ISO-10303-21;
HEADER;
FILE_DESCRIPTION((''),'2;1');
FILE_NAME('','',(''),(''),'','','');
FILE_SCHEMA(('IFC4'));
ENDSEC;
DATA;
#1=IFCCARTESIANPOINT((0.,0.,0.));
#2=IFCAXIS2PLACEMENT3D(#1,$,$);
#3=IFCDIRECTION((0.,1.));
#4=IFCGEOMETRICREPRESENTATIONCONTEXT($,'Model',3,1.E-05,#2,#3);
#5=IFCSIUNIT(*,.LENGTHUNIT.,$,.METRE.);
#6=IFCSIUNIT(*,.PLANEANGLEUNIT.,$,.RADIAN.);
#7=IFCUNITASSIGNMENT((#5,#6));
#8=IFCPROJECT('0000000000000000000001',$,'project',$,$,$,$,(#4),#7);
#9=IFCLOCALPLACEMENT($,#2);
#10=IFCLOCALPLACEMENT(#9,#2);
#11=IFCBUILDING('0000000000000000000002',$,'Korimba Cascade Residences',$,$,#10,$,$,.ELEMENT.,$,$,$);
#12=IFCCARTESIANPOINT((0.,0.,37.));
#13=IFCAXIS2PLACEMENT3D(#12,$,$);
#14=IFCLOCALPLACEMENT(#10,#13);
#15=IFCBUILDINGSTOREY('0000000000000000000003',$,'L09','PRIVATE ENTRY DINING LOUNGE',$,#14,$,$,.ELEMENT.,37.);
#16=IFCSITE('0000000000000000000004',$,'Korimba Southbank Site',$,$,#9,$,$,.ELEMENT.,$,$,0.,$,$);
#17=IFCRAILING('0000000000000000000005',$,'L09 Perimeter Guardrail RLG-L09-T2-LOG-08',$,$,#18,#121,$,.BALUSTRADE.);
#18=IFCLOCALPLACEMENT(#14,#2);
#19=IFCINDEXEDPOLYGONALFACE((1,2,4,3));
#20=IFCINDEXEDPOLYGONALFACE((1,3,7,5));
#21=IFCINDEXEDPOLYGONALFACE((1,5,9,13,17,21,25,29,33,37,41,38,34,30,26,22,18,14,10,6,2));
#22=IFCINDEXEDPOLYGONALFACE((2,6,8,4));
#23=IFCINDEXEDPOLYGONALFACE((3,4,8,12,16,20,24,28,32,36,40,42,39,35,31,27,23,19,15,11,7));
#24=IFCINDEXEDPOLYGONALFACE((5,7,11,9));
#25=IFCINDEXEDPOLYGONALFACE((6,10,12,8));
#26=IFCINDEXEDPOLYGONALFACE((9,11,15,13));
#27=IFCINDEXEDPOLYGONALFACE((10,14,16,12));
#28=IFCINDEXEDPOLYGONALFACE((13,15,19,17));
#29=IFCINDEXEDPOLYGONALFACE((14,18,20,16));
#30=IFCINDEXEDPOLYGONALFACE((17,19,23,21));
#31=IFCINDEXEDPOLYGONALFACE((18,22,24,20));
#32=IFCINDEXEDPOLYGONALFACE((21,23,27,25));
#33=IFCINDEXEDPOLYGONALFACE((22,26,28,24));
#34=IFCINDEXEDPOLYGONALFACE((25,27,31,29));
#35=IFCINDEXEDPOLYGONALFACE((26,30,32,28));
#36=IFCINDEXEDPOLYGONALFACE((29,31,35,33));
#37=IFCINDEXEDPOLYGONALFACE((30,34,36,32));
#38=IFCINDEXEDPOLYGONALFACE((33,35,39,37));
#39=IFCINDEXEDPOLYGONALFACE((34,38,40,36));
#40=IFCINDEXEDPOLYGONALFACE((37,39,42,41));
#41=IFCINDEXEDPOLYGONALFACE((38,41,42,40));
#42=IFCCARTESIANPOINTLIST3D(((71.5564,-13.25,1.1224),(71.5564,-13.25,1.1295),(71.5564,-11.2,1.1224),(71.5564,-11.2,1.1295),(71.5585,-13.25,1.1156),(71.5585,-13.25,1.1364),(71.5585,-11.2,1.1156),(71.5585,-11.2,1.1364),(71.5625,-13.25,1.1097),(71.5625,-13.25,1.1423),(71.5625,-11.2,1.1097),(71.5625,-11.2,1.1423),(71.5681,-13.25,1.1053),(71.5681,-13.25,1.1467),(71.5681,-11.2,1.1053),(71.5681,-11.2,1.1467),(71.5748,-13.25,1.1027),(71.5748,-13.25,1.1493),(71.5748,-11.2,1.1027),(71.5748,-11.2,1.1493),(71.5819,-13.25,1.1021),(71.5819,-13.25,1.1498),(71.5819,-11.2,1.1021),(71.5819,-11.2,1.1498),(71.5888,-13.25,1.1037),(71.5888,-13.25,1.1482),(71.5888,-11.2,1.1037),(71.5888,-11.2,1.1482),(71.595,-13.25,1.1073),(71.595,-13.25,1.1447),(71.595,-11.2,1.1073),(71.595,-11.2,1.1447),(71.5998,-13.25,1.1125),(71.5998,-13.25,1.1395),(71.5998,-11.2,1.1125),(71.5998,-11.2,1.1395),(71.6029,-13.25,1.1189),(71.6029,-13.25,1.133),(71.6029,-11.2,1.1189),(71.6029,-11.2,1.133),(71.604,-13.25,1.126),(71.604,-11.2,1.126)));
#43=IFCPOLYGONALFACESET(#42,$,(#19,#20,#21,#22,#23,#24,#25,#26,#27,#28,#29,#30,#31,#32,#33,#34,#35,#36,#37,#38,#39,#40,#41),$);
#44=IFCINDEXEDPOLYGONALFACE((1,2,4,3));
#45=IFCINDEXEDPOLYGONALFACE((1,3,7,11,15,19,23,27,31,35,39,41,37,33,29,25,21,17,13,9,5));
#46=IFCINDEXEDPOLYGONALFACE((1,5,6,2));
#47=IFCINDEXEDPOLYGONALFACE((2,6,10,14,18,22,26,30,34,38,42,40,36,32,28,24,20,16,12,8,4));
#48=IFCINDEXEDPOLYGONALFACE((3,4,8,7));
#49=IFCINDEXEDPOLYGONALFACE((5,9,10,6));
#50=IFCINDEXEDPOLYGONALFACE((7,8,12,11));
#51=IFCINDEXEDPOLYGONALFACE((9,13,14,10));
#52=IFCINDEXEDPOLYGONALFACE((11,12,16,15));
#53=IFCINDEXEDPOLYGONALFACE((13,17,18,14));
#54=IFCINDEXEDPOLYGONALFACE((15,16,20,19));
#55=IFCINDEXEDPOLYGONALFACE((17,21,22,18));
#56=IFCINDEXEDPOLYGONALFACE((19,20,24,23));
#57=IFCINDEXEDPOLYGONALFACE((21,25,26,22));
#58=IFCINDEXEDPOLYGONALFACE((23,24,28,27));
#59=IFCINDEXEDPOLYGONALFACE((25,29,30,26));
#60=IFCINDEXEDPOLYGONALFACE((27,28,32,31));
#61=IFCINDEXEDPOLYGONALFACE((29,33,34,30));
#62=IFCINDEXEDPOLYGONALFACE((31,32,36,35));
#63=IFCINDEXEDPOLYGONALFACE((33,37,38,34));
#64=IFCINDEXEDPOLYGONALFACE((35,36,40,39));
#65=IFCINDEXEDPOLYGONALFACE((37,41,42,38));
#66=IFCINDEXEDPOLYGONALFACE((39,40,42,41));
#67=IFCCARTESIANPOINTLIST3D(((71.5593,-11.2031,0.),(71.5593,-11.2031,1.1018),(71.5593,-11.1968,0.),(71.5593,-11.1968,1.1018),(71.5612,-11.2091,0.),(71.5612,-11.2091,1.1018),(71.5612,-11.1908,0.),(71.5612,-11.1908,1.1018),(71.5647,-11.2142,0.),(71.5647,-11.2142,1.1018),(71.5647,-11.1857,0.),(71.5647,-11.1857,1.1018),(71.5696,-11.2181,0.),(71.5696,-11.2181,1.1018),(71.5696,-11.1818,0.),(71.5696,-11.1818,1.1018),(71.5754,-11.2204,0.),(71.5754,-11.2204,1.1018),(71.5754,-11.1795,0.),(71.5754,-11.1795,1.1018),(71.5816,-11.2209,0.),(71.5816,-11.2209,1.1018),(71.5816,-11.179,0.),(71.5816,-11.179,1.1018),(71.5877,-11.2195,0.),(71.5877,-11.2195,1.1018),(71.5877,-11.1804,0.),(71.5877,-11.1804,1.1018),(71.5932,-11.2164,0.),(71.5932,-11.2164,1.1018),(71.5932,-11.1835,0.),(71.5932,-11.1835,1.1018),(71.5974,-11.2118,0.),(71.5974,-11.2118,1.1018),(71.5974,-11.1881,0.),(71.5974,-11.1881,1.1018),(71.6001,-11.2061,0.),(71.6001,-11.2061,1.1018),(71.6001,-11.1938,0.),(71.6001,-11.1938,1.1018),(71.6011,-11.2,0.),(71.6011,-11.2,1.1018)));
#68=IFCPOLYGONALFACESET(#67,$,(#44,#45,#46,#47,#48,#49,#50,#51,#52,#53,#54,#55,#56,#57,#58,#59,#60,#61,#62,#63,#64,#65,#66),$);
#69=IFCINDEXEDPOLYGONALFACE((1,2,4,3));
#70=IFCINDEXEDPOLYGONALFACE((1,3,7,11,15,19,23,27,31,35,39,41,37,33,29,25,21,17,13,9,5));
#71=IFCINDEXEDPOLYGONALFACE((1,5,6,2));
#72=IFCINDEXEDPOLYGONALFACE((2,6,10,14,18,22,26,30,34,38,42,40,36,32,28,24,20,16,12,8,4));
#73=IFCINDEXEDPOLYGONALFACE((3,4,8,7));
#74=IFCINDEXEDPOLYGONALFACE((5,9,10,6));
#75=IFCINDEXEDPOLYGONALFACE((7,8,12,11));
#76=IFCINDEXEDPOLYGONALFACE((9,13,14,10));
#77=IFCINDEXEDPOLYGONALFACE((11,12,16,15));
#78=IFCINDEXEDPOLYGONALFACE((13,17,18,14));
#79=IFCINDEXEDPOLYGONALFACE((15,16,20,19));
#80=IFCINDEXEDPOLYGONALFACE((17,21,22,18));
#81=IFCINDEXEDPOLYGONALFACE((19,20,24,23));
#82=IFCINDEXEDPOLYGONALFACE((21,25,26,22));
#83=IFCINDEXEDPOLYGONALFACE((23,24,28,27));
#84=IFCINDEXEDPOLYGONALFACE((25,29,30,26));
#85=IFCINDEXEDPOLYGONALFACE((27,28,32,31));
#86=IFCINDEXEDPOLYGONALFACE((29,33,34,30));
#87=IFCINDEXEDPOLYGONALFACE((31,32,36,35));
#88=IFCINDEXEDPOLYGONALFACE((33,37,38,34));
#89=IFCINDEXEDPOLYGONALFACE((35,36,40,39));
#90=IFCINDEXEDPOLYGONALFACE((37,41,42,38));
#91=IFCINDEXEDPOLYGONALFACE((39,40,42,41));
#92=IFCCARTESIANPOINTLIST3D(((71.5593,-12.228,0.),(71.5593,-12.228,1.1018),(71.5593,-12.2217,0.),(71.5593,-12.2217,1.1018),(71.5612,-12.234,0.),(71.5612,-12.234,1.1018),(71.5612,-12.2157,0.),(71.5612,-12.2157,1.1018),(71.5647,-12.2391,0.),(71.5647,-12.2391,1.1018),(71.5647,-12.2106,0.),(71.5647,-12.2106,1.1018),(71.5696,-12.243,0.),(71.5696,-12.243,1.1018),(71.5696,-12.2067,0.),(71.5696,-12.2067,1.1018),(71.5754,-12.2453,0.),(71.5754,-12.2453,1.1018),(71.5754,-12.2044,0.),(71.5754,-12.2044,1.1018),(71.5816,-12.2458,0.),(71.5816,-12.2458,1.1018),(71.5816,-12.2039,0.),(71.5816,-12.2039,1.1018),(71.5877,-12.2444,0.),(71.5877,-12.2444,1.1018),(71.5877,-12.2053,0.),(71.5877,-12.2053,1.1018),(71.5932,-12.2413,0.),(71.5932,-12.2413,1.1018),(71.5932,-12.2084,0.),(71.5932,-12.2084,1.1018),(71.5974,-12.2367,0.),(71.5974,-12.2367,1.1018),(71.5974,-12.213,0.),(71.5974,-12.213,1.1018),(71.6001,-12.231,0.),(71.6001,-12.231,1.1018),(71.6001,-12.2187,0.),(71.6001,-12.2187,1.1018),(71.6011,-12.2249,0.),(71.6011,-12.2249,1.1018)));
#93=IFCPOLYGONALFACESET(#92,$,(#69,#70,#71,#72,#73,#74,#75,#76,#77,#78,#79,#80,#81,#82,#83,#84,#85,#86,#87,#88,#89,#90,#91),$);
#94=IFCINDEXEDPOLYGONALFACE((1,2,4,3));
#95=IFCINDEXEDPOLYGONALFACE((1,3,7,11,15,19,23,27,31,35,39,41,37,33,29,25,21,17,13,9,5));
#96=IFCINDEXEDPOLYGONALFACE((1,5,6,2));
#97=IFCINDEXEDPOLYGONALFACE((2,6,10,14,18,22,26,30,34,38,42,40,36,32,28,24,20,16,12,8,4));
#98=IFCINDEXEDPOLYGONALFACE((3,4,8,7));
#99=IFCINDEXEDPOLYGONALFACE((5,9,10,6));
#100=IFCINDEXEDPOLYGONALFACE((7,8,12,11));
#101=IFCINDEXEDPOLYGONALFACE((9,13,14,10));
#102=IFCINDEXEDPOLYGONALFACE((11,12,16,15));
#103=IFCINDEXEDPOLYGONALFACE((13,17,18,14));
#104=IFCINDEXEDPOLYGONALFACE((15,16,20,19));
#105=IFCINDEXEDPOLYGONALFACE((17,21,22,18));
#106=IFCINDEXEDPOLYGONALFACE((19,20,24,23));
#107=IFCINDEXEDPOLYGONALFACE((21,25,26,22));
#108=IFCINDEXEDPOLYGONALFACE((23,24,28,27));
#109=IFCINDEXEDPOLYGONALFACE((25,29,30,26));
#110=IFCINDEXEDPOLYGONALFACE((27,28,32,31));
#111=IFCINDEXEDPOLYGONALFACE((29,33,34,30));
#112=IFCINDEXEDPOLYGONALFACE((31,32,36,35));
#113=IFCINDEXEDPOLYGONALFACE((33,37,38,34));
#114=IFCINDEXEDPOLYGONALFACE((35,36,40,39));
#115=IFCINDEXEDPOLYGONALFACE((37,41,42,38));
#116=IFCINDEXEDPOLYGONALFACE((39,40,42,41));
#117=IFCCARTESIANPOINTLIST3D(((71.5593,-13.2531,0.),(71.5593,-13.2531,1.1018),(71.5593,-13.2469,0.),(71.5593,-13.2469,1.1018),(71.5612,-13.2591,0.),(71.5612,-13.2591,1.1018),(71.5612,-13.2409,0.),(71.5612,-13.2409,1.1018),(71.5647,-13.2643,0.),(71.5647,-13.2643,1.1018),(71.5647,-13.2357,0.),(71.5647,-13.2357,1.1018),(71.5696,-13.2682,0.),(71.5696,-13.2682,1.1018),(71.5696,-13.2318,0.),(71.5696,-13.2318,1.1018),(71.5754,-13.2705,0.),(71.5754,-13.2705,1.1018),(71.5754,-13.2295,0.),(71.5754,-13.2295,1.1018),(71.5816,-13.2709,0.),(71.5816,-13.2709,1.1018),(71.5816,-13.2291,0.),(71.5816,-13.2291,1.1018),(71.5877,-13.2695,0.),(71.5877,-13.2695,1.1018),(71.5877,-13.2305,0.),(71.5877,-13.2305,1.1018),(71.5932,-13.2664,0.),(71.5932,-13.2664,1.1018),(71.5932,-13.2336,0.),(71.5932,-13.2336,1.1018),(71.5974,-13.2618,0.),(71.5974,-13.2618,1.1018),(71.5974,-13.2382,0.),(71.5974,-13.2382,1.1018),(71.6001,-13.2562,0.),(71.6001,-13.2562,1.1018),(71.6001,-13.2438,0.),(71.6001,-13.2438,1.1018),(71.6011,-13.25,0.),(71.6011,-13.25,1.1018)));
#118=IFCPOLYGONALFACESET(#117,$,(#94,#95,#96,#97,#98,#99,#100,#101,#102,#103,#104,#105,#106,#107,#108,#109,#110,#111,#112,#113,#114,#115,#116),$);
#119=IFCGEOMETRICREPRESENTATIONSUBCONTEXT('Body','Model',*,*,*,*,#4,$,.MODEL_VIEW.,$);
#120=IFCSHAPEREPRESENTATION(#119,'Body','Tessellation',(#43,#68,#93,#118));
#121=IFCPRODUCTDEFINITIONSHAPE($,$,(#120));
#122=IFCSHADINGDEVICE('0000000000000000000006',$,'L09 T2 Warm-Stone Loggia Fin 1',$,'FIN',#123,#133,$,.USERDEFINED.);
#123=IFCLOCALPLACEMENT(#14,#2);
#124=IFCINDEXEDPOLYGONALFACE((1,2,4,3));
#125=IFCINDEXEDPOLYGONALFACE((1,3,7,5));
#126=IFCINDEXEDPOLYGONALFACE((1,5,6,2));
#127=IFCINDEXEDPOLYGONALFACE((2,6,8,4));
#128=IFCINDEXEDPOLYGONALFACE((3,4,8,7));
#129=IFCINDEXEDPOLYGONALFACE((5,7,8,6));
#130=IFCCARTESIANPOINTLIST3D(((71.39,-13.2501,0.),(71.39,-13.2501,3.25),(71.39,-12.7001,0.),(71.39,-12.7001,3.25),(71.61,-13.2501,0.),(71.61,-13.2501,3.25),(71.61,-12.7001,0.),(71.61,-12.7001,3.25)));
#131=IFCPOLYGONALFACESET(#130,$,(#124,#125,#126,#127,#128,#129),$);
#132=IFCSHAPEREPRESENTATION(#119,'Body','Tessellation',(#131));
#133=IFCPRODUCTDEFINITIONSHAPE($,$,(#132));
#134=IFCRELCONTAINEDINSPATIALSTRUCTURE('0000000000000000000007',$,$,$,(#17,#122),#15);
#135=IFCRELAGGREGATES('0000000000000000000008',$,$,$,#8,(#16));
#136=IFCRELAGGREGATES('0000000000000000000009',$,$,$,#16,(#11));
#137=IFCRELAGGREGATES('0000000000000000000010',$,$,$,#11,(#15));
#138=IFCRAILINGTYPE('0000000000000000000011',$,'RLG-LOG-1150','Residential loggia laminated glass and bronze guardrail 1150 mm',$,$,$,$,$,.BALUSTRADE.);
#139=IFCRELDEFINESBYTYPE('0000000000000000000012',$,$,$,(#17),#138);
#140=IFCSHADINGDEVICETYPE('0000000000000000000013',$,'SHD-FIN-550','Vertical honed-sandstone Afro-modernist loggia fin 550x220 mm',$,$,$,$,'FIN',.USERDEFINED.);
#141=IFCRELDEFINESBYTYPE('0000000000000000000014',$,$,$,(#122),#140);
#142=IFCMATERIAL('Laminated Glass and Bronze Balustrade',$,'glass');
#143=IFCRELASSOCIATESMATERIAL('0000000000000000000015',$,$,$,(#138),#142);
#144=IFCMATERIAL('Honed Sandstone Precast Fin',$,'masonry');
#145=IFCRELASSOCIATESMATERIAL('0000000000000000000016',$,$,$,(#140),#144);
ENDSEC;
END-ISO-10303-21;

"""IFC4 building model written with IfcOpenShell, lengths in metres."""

from ifc_helpers import new_model, si_unit, direction, frame, origin, origin_2d, place, context, subcontext, project, spatial, rectangle, circle, extrude, material, type_object, element, save


model = new_model("IFC4")

# Units and contexts
model_context = context("Model", 3, precision=1e-05, world=origin(), true_north=direction((0.0, 1.0)))
body_context = subcontext(model_context, "Body", "Model", "MODEL_VIEW")
ifc_project = project(units=[si_unit("LENGTHUNIT", "METRE"), si_unit("PLANEANGLEUNIT", "RADIAN")], contexts=[model_context])

# Site, building, storey
site_placement = place(None, origin())
site = spatial("IfcSite", under=ifc_project, at=site_placement, Name="Korimba Southbank Site", CompositionType="ELEMENT", RefElevation=0.0)
building_placement = place(site_placement, origin())
building = spatial("IfcBuilding", under=site, at=building_placement, Name="Korimba Cascade Residences", CompositionType="ELEMENT")
storey_placement = place(building_placement, frame((0.0, 0.0, 37.0)))
storey = spatial("IfcBuildingStorey", under=building, at=storey_placement, Name="L09", Description="PRIVATE ENTRY DINING LOUNGE", CompositionType="ELEMENT", Elevation=37.0)

# Railing
ifc_material_1 = material(Name="Laminated Glass and Bronze Balustrade", Category="glass")
railing_type = type_object("IfcRailingType", Name="RLG-LOG-1150", Description="Residential loggia laminated glass and bronze guardrail 1150 mm", PredefinedType="BALUSTRADE", material=ifc_material_1)
railing_1_placement = place(storey_placement, frame((71.5801, -11.2, 0.0)))
element("IfcRailing", 1, at=railing_1_placement, inside=storey, type_object=railing_type, Name="L09 Perimeter Guardrail RLG-L09-T2-LOG-08", PredefinedType="BALUSTRADE", context=body_context, shape_type="SweptSolid", body=[
    extrude(circle(Radius=0.0239, at=origin_2d()), frame((0.0, 0.0, 1.126), z_axis=(0.0, -1.0, 0.0), x_axis=(1.0, 0.0, 0.0)), (0.0, 0.0, 1.0), 2.05),
    extrude(circle(Radius=0.021, at=origin_2d()), origin(), (0.0, 0.0, 1.0), 1.1018),
    extrude(circle(Radius=0.021, at=origin_2d()), frame((0.0, -1.0249, 0.0)), (0.0, 0.0, 1.0), 1.1018),
    extrude(circle(Radius=0.021, at=origin_2d()), frame((0.0, -2.05, 0.0)), (0.0, 0.0, 1.0), 1.1018),
])

# Shading device
ifc_material_2 = material(Name="Honed Sandstone Precast Fin", Category="masonry")
shading_device_type = type_object("IfcShadingDeviceType", Name="SHD-FIN-550", Description="Vertical honed-sandstone Afro-modernist loggia fin 550x220 mm", ElementType="FIN", PredefinedType="USERDEFINED", material=ifc_material_2)
shading_device_placement = place(storey_placement, frame((71.5, -12.9751, 0.0), z_axis=(0.0, 0.0, 1.0), x_axis=(1.0, 0.0, 0.0)))
element("IfcShadingDevice", 2, at=shading_device_placement, inside=storey, type_object=shading_device_type, Name="L09 T2 Warm-Stone Loggia Fin 1", ObjectType="FIN", PredefinedType="USERDEFINED", context=body_context, shape_type="SweptSolid", body=[
    extrude(rectangle(XDim=0.22, YDim=0.55, at=origin_2d()), origin(), (0.0, 0.0, 1.0), 3.25),
])

save(model, "model.ifc")
